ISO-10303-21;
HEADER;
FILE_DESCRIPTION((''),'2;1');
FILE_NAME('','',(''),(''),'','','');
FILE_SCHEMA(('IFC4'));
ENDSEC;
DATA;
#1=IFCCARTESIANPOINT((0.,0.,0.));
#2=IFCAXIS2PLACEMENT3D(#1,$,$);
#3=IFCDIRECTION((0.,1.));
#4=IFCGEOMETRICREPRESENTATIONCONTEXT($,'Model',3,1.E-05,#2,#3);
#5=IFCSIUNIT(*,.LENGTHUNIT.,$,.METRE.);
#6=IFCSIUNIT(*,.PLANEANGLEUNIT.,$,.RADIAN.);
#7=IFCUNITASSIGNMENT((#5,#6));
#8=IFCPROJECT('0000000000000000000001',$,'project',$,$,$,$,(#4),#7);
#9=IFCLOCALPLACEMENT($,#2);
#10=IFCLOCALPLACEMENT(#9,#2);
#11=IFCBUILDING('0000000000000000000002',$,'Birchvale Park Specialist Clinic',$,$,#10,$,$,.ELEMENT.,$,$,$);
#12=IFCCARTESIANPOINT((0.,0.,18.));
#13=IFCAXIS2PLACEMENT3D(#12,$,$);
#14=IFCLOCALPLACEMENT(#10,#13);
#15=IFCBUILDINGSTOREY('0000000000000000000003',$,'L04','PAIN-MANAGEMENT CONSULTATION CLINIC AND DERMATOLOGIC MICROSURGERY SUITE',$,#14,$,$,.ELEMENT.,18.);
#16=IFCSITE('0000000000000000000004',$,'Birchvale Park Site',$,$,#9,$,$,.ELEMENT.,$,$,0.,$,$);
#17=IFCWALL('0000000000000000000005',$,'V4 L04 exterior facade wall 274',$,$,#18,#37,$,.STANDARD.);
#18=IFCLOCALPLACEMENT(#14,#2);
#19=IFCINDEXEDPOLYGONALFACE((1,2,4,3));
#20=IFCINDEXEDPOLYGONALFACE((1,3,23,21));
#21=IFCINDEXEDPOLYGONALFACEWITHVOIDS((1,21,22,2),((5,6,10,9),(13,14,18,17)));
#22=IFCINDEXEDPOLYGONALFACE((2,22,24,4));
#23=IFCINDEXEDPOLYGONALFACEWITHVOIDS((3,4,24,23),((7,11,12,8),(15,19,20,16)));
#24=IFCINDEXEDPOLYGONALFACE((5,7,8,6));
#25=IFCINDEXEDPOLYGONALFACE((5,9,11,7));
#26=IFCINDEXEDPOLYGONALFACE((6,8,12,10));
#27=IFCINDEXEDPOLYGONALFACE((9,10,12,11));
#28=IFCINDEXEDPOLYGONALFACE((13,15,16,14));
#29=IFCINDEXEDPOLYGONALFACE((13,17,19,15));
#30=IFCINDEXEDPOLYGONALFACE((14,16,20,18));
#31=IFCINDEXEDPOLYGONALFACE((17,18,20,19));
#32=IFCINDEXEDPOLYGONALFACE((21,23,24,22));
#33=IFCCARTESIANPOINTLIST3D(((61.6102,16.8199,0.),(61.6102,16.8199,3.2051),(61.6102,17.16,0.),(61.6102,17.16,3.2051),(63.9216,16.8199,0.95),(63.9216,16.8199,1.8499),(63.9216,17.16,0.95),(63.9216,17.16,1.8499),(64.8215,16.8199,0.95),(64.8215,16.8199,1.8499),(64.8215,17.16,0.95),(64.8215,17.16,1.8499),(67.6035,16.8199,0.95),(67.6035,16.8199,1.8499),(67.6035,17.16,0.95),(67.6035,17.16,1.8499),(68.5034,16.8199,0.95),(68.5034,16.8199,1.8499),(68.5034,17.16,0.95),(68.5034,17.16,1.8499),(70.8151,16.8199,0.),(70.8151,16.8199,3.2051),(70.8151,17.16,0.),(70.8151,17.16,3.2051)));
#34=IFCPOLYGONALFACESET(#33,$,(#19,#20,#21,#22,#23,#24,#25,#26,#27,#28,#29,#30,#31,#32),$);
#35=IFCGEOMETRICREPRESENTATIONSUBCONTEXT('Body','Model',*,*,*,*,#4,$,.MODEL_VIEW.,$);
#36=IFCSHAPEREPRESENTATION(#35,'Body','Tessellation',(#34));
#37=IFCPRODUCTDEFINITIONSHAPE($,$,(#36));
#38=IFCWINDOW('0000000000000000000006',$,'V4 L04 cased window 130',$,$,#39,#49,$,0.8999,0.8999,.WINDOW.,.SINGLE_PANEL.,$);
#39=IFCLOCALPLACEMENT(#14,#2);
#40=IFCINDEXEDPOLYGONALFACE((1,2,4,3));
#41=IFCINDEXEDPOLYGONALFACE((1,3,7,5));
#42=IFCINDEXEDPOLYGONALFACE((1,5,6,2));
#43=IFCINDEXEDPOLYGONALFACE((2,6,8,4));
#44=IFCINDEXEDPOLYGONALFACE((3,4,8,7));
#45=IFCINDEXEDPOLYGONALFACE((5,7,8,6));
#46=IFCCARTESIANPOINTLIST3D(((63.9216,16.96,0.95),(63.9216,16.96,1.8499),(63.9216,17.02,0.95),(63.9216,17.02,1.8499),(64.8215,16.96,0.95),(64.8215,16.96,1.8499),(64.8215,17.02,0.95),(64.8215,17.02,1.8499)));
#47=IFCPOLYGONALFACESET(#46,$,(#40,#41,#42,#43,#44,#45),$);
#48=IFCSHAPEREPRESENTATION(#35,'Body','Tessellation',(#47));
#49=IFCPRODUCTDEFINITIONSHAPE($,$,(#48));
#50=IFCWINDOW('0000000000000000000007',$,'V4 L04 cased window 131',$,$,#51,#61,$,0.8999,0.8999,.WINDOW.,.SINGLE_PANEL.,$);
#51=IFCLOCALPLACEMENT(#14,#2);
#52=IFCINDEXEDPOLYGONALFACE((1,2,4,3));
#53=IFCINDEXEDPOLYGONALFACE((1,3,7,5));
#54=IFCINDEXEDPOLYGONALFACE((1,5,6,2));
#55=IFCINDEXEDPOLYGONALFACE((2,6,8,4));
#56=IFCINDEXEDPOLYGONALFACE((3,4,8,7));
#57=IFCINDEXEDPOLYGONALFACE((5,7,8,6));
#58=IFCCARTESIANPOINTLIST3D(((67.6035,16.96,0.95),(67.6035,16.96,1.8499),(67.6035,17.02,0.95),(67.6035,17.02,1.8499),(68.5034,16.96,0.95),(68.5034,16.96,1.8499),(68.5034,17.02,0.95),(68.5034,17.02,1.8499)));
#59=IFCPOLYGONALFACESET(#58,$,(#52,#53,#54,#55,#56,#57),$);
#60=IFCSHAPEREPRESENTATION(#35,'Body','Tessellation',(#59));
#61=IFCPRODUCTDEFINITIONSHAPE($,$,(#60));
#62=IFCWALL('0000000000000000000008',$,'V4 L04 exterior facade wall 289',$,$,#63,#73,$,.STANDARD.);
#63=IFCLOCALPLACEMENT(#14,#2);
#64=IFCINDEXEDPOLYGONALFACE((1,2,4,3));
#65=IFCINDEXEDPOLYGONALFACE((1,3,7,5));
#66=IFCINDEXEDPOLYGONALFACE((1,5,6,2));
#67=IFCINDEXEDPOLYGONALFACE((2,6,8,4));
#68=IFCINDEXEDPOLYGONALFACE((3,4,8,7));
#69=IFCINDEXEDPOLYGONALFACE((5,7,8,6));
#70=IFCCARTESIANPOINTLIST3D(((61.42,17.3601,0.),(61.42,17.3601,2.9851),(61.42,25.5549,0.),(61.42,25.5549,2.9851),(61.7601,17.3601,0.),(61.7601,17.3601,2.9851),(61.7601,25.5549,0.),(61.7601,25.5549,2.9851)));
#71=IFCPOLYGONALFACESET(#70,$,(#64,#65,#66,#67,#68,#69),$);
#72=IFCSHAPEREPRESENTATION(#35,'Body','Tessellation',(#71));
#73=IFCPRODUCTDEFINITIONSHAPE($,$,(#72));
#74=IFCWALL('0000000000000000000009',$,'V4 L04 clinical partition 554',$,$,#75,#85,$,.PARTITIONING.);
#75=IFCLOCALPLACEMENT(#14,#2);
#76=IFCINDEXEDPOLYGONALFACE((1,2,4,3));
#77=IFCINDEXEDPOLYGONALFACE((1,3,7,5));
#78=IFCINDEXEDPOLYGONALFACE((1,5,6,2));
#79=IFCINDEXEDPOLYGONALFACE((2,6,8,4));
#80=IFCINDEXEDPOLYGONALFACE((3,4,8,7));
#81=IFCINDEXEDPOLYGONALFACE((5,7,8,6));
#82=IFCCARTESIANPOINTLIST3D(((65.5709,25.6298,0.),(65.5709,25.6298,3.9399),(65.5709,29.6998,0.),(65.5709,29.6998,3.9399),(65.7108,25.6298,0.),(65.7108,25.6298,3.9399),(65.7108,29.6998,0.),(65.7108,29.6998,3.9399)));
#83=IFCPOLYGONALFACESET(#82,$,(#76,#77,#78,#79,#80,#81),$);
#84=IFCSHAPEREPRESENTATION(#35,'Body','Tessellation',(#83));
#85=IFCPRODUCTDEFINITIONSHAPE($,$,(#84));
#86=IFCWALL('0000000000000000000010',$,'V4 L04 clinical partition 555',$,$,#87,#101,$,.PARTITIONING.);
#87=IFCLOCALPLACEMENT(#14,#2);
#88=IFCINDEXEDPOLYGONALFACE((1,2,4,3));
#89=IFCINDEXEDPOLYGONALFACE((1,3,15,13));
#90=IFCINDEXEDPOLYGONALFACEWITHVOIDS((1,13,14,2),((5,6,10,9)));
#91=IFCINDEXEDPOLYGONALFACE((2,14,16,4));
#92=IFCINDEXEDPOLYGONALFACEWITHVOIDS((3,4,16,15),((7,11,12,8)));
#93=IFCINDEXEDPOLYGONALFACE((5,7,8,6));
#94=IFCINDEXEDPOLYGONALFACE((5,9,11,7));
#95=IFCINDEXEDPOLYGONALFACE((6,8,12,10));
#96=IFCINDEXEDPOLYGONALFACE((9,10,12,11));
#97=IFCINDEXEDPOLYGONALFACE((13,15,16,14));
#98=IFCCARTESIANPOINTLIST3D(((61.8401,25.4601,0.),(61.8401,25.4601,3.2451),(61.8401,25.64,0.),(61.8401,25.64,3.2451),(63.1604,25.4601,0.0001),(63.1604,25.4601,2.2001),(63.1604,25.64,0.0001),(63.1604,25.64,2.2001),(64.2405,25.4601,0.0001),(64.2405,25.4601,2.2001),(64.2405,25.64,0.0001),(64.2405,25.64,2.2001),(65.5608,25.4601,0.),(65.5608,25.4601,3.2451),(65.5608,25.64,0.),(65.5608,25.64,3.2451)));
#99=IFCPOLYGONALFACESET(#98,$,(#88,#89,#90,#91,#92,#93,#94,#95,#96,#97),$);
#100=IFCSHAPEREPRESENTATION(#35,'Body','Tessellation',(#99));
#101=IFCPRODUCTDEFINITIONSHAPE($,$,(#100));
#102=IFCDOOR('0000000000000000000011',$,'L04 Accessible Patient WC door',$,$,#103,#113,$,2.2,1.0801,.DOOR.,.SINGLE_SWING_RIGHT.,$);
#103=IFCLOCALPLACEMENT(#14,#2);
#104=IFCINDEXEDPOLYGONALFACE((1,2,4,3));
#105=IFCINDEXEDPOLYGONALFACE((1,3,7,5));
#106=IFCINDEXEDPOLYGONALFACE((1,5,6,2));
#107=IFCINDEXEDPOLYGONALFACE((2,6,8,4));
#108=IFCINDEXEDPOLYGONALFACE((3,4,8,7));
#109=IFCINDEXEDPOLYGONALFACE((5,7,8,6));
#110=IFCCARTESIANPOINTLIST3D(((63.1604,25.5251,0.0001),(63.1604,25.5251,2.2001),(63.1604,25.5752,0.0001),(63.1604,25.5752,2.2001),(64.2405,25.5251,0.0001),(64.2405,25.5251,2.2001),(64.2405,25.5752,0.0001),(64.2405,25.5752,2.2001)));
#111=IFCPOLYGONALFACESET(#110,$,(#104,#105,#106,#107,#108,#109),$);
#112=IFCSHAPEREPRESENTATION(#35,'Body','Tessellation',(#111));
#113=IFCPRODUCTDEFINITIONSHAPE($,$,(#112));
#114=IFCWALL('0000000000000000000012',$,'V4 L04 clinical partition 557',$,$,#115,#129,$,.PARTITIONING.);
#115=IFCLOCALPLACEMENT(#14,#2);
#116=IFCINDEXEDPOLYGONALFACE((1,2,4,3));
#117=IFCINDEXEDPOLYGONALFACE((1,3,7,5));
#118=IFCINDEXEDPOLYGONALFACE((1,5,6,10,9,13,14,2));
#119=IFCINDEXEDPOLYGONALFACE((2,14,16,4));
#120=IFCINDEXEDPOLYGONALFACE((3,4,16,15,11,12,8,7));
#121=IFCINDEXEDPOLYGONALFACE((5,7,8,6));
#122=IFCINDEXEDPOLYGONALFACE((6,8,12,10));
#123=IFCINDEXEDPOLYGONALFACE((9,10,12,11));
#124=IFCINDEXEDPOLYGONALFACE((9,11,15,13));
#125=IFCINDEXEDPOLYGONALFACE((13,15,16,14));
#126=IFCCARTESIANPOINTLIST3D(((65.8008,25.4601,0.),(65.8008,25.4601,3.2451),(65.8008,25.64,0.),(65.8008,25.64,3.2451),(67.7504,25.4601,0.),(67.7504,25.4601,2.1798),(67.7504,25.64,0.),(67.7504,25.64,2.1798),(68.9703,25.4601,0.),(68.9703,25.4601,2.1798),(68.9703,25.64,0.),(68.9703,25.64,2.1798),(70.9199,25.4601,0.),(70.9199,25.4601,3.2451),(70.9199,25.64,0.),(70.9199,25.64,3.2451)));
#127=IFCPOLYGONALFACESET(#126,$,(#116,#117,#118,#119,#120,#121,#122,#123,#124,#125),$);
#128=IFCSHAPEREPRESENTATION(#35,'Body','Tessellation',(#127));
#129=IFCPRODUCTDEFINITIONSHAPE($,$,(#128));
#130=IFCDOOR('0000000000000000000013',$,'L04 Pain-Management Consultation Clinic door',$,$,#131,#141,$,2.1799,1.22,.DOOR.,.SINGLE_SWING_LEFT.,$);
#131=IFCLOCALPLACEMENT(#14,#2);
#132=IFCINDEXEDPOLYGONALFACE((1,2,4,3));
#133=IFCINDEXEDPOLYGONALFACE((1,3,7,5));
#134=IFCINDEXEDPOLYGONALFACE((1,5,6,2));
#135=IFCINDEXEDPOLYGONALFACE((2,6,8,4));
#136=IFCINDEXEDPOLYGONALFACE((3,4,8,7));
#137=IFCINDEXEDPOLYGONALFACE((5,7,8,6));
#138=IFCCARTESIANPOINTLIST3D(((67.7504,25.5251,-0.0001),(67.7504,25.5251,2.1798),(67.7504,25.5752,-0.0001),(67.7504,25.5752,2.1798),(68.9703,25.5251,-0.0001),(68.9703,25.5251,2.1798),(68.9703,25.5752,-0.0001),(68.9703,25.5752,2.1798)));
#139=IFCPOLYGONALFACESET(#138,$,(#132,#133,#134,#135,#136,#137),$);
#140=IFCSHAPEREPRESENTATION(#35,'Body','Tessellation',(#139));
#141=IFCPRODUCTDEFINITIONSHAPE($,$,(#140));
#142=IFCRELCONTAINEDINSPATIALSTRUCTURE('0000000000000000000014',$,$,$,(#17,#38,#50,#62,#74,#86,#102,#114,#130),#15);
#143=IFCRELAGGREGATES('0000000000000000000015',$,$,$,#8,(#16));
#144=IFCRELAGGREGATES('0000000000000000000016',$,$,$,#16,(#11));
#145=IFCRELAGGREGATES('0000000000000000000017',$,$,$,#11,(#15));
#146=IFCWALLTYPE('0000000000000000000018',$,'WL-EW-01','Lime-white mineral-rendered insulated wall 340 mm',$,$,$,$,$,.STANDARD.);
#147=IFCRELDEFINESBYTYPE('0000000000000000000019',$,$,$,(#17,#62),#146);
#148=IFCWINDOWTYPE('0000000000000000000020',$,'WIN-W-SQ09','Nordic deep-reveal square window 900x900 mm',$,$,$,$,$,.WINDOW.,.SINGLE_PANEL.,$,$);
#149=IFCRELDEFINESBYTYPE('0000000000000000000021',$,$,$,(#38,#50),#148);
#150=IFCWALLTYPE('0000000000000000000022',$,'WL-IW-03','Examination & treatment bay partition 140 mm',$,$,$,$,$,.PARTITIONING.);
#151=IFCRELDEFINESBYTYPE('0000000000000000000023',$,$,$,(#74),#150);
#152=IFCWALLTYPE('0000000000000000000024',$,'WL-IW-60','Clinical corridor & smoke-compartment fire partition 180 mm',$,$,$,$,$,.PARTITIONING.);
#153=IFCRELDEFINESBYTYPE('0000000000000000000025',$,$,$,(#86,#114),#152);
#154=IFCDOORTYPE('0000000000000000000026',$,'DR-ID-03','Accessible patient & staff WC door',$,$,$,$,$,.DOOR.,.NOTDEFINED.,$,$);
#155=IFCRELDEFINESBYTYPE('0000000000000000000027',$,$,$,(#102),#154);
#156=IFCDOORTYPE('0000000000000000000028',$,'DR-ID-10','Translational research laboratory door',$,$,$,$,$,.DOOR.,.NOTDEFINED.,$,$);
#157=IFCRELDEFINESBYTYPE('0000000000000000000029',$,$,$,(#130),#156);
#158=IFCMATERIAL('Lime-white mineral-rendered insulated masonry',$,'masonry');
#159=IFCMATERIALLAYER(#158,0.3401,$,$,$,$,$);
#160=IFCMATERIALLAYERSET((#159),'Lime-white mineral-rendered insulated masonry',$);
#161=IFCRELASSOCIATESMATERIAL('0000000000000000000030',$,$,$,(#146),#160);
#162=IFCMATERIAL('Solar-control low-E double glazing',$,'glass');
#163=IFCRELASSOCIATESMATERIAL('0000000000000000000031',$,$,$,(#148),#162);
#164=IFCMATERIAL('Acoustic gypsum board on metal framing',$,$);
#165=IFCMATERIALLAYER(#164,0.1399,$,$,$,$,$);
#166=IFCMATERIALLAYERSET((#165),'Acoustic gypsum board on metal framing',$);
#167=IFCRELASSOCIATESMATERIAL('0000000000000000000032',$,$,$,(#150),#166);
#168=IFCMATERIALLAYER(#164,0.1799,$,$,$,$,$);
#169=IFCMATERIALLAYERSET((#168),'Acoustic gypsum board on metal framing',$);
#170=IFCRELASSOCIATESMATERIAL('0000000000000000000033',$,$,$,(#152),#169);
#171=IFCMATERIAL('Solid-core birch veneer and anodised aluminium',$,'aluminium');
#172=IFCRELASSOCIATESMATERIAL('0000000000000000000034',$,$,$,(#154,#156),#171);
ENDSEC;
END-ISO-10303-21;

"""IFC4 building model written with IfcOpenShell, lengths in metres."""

from ifc_helpers import new_model, si_unit, direction, frame, frame_2d, origin, place, context, subcontext, project, spatial, rectangle, extrude, material, layer, layer_set, type_object, element, fill, save


model = new_model("IFC4")

# Units and contexts
model_context = context("Model", 3, precision=1e-05, world=origin(), true_north=direction((0.0, 1.0)))
body_context = subcontext(model_context, "Body", "Model", "MODEL_VIEW")
ifc_project = project(units=[si_unit("LENGTHUNIT", "METRE"), si_unit("PLANEANGLEUNIT", "RADIAN")], contexts=[model_context])

# Site, building, storey
site_placement = place(None, origin())
site = spatial("IfcSite", under=ifc_project, at=site_placement, Name="Birchvale Park Site", CompositionType="ELEMENT", RefElevation=0.0)
building_placement = place(site_placement, origin())
building = spatial("IfcBuilding", under=site, at=building_placement, Name="Birchvale Park Specialist Clinic", CompositionType="ELEMENT")
storey_placement = place(building_placement, frame((0.0, 0.0, 18.0)))
storey = spatial("IfcBuildingStorey", under=building, at=storey_placement, Name="L04", Description="PAIN-MANAGEMENT CONSULTATION CLINIC AND DERMATOLOGIC MICROSURGERY SUITE", CompositionType="ELEMENT", Elevation=18.0)

# Shared definitions
ifc_material_1 = material(Name="Solid-core birch veneer and anodised aluminium", Category="aluminium")

# Wall, openings, windows
ifc_material_2 = material(Name="Lime-white mineral-rendered insulated masonry", Category="masonry")
ifc_layer_1 = layer(ifc_material_2, 0.3401)
ifc_layer_set_1 = layer_set([ifc_layer_1], Name="Lime-white mineral-rendered insulated masonry")
wall_type_1 = type_object("IfcWallType", Name="WL-EW-01", Description="Lime-white mineral-rendered insulated wall 340 mm", PredefinedType="STANDARD", material=ifc_layer_set_1)
wall_1_placement = place(storey_placement, frame((61.6101, 16.99, 0.0), z_axis=(0.0, 0.0, 1.0), x_axis=(1.0, 0.0, 0.0)))
wall_1 = element("IfcWall", 1, at=wall_1_placement, inside=storey, type_object=wall_type_1, Name="V4 L04 exterior facade wall 274", PredefinedType="STANDARD", context=body_context, shape_type="SweptSolid", body=[
    extrude(rectangle(XDim=9.2048, YDim=0.3401, at=frame_2d((4.6025, 0.0))), origin(), (0.0, 0.0, 1.0), 3.2051),
])
opening_1_placement = place(wall_1_placement, frame((2.3115, 0.0, 0.95)))
opening_1 = element("IfcOpeningElement", 2, at=opening_1_placement, cuts=wall_1, PredefinedType="OPENING", context=body_context, shape_type="SweptSolid", body=[
    extrude(rectangle(XDim=0.8999, YDim=0.8999, at=frame_2d((0.45, 0.45))), frame((0.0, 0.1802, 0.0), z_axis=(0.0, -1.0, 0.0), x_axis=(1.0, 0.0, 0.0)), (0.0, 0.0, 1.0), 0.3601),
])
opening_2_placement = place(wall_1_placement, frame((5.9934, 0.0, 0.95)))
opening_2 = element("IfcOpeningElement", 3, at=opening_2_placement, cuts=wall_1, PredefinedType="OPENING", context=body_context, shape_type="SweptSolid", body=[
    extrude(rectangle(XDim=0.8999, YDim=0.8999, at=frame_2d((0.45, 0.45))), frame((0.0, 0.1802, 0.0), z_axis=(0.0, -1.0, 0.0), x_axis=(1.0, 0.0, 0.0)), (0.0, 0.0, 1.0), 0.3601),
])
ifc_material_3 = material(Name="Solar-control low-E double glazing", Category="glass")
window_type = type_object("IfcWindowType", Name="WIN-W-SQ09", Description="Nordic deep-reveal square window 900x900 mm", PartitioningType="SINGLE_PANEL", PredefinedType="WINDOW", material=ifc_material_3)
window_1_placement = place(opening_1_placement, origin())
window_1 = element("IfcWindow", 4, at=window_1_placement, inside=storey, type_object=window_type, Name="V4 L04 cased window 130", OverallHeight=0.8999, OverallWidth=0.8999, PartitioningType="SINGLE_PANEL", PredefinedType="WINDOW", context=body_context, shape_type="SweptSolid", body=[
    extrude(rectangle(XDim=0.8999, YDim=0.8999, at=frame_2d((0.45, 0.45))), frame((0.0, 0.03, 0.0), z_axis=(0.0, -1.0, 0.0), x_axis=(1.0, 0.0, 0.0)), (0.0, 0.0, 1.0), 0.0601),
])
fill(opening_1, window_1)
window_2_placement = place(opening_2_placement, origin())
window_2 = element("IfcWindow", 5, at=window_2_placement, inside=storey, type_object=window_type, Name="V4 L04 cased window 131", OverallHeight=0.8999, OverallWidth=0.8999, PartitioningType="SINGLE_PANEL", PredefinedType="WINDOW", context=body_context, shape_type="SweptSolid", body=[
    extrude(rectangle(XDim=0.8999, YDim=0.8999, at=frame_2d((0.45, 0.45))), frame((0.0, 0.03, 0.0), z_axis=(0.0, -1.0, 0.0), x_axis=(1.0, 0.0, 0.0)), (0.0, 0.0, 1.0), 0.0601),
])
fill(opening_2, window_2)

# Walls
wall_2_placement = place(storey_placement, frame((61.5901, 25.5549, 0.0), z_axis=(0.0, 0.0, 1.0), x_axis=(0.0, -1.0, 0.0)))
element("IfcWall", 6, at=wall_2_placement, inside=storey, type_object=wall_type_1, Name="V4 L04 exterior facade wall 289", PredefinedType="STANDARD", context=body_context, shape_type="SweptSolid", body=[
    extrude(rectangle(XDim=8.1948, YDim=0.3401, at=frame_2d((4.0974, 0.0))), origin(), (0.0, 0.0, 1.0), 2.9851),
])
ifc_material_4 = material(Name="Acoustic gypsum board on metal framing")
ifc_layer_2 = layer(ifc_material_4, 0.1399)
ifc_layer_set_2 = layer_set([ifc_layer_2], Name="Acoustic gypsum board on metal framing")
wall_type_2 = type_object("IfcWallType", Name="WL-IW-03", Description="Examination & treatment bay partition 140 mm", PredefinedType="PARTITIONING", material=ifc_layer_set_2)
wall_3_placement = place(storey_placement, frame((65.6409, 29.7, 0.0), z_axis=(0.0, 0.0, 1.0), x_axis=(0.0, -1.0, 0.0)))
element("IfcWall", 7, at=wall_3_placement, inside=storey, type_object=wall_type_2, Name="V4 L04 clinical partition 554", PredefinedType="PARTITIONING", context=body_context, shape_type="SweptSolid", body=[
    extrude(rectangle(XDim=4.0701, YDim=0.1399, at=frame_2d((2.0352, 0.0))), origin(), (0.0, 0.0, 1.0), 3.9399),
])

# Walls, openings, doors
ifc_layer_3 = layer(ifc_material_4, 0.1799)
ifc_layer_set_3 = layer_set([ifc_layer_3], Name="Acoustic gypsum board on metal framing")
wall_type_3 = type_object("IfcWallType", Name="WL-IW-60", Description="Clinical corridor & smoke-compartment fire partition 180 mm", PredefinedType="PARTITIONING", material=ifc_layer_set_3)
wall_4_placement = place(storey_placement, frame((65.5608, 25.55, 0.0), z_axis=(0.0, 0.0, 1.0), x_axis=(-1.0, 0.0, 0.0)))
wall_4 = element("IfcWall", 8, at=wall_4_placement, inside=storey, type_object=wall_type_3, Name="V4 L04 clinical partition 555", PredefinedType="PARTITIONING", context=body_context, shape_type="SweptSolid", body=[
    extrude(rectangle(XDim=3.7207, YDim=0.1799, at=frame_2d((1.8604, 0.0))), origin(), (0.0, 0.0, 1.0), 3.2451),
])
opening_3_placement = place(wall_4_placement, frame((1.3203, 0.0, 0.0)))
opening_3 = element("IfcOpeningElement", 9, at=opening_3_placement, cuts=wall_4, PredefinedType="OPENING", context=body_context, shape_type="SweptSolid", body=[
    extrude(rectangle(XDim=1.0801, YDim=2.2, at=frame_2d((0.54, 1.1001))), frame((0.0, 0.1001, 0.0), z_axis=(0.0, -1.0, 0.0), x_axis=(1.0, 0.0, 0.0)), (0.0, 0.0, 1.0), 0.2),
])
door_type_1 = type_object("IfcDoorType", Name="DR-ID-03", Description="Accessible patient & staff WC door", OperationType="NOTDEFINED", PredefinedType="DOOR", material=ifc_material_1)
door_1_placement = place(opening_3_placement, origin())
door_1 = element("IfcDoor", 10, at=door_1_placement, inside=storey, type_object=door_type_1, Name="L04 Accessible Patient WC door", OperationType="SINGLE_SWING_RIGHT", OverallHeight=2.2, OverallWidth=1.0801, PredefinedType="DOOR", context=body_context, shape_type="SweptSolid", body=[
    extrude(rectangle(XDim=1.0801, YDim=2.2, at=frame_2d((0.54, 1.1001))), frame((0.0, 0.0249, 0.0), z_axis=(0.0, -1.0, 0.0), x_axis=(1.0, 0.0, 0.0)), (0.0, 0.0, 1.0), 0.05),
])
fill(opening_3, door_1)
wall_5_placement = place(storey_placement, frame((70.9199, 25.55, 0.0), z_axis=(0.0, 0.0, 1.0), x_axis=(-1.0, 0.0, 0.0)))
wall_5 = element("IfcWall", 11, at=wall_5_placement, inside=storey, type_object=wall_type_3, Name="V4 L04 clinical partition 557", PredefinedType="PARTITIONING", context=body_context, shape_type="SweptSolid", body=[
    extrude(rectangle(XDim=5.1191, YDim=0.1799, at=frame_2d((2.5596, 0.0))), origin(), (0.0, 0.0, 1.0), 3.2451),
])
opening_4_placement = place(wall_5_placement, frame((1.9497, 0.0, 0.0)))
opening_4 = element("IfcOpeningElement", 12, at=opening_4_placement, cuts=wall_5, PredefinedType="OPENING", context=body_context, shape_type="SweptSolid", body=[
    extrude(rectangle(XDim=1.22, YDim=2.1799, at=frame_2d((0.6099, 1.0898))), frame((0.0, 0.1001, 0.0), z_axis=(0.0, -1.0, 0.0), x_axis=(1.0, 0.0, 0.0)), (0.0, 0.0, 1.0), 0.2),
])
door_type_2 = type_object("IfcDoorType", Name="DR-ID-10", Description="Translational research laboratory door", OperationType="NOTDEFINED", PredefinedType="DOOR", material=ifc_material_1)
door_2_placement = place(opening_4_placement, origin())
door_2 = element("IfcDoor", 13, at=door_2_placement, inside=storey, type_object=door_type_2, Name="L04 Pain-Management Consultation Clinic door", OperationType="SINGLE_SWING_LEFT", OverallHeight=2.1799, OverallWidth=1.22, PredefinedType="DOOR", context=body_context, shape_type="SweptSolid", body=[
    extrude(rectangle(XDim=1.22, YDim=2.1799, at=frame_2d((0.6099, 1.0898))), frame((0.0, 0.0249, 0.0), z_axis=(0.0, -1.0, 0.0), x_axis=(1.0, 0.0, 0.0)), (0.0, 0.0, 1.0), 0.05),
])
fill(opening_4, door_2)

save(model, "model.ifc")
